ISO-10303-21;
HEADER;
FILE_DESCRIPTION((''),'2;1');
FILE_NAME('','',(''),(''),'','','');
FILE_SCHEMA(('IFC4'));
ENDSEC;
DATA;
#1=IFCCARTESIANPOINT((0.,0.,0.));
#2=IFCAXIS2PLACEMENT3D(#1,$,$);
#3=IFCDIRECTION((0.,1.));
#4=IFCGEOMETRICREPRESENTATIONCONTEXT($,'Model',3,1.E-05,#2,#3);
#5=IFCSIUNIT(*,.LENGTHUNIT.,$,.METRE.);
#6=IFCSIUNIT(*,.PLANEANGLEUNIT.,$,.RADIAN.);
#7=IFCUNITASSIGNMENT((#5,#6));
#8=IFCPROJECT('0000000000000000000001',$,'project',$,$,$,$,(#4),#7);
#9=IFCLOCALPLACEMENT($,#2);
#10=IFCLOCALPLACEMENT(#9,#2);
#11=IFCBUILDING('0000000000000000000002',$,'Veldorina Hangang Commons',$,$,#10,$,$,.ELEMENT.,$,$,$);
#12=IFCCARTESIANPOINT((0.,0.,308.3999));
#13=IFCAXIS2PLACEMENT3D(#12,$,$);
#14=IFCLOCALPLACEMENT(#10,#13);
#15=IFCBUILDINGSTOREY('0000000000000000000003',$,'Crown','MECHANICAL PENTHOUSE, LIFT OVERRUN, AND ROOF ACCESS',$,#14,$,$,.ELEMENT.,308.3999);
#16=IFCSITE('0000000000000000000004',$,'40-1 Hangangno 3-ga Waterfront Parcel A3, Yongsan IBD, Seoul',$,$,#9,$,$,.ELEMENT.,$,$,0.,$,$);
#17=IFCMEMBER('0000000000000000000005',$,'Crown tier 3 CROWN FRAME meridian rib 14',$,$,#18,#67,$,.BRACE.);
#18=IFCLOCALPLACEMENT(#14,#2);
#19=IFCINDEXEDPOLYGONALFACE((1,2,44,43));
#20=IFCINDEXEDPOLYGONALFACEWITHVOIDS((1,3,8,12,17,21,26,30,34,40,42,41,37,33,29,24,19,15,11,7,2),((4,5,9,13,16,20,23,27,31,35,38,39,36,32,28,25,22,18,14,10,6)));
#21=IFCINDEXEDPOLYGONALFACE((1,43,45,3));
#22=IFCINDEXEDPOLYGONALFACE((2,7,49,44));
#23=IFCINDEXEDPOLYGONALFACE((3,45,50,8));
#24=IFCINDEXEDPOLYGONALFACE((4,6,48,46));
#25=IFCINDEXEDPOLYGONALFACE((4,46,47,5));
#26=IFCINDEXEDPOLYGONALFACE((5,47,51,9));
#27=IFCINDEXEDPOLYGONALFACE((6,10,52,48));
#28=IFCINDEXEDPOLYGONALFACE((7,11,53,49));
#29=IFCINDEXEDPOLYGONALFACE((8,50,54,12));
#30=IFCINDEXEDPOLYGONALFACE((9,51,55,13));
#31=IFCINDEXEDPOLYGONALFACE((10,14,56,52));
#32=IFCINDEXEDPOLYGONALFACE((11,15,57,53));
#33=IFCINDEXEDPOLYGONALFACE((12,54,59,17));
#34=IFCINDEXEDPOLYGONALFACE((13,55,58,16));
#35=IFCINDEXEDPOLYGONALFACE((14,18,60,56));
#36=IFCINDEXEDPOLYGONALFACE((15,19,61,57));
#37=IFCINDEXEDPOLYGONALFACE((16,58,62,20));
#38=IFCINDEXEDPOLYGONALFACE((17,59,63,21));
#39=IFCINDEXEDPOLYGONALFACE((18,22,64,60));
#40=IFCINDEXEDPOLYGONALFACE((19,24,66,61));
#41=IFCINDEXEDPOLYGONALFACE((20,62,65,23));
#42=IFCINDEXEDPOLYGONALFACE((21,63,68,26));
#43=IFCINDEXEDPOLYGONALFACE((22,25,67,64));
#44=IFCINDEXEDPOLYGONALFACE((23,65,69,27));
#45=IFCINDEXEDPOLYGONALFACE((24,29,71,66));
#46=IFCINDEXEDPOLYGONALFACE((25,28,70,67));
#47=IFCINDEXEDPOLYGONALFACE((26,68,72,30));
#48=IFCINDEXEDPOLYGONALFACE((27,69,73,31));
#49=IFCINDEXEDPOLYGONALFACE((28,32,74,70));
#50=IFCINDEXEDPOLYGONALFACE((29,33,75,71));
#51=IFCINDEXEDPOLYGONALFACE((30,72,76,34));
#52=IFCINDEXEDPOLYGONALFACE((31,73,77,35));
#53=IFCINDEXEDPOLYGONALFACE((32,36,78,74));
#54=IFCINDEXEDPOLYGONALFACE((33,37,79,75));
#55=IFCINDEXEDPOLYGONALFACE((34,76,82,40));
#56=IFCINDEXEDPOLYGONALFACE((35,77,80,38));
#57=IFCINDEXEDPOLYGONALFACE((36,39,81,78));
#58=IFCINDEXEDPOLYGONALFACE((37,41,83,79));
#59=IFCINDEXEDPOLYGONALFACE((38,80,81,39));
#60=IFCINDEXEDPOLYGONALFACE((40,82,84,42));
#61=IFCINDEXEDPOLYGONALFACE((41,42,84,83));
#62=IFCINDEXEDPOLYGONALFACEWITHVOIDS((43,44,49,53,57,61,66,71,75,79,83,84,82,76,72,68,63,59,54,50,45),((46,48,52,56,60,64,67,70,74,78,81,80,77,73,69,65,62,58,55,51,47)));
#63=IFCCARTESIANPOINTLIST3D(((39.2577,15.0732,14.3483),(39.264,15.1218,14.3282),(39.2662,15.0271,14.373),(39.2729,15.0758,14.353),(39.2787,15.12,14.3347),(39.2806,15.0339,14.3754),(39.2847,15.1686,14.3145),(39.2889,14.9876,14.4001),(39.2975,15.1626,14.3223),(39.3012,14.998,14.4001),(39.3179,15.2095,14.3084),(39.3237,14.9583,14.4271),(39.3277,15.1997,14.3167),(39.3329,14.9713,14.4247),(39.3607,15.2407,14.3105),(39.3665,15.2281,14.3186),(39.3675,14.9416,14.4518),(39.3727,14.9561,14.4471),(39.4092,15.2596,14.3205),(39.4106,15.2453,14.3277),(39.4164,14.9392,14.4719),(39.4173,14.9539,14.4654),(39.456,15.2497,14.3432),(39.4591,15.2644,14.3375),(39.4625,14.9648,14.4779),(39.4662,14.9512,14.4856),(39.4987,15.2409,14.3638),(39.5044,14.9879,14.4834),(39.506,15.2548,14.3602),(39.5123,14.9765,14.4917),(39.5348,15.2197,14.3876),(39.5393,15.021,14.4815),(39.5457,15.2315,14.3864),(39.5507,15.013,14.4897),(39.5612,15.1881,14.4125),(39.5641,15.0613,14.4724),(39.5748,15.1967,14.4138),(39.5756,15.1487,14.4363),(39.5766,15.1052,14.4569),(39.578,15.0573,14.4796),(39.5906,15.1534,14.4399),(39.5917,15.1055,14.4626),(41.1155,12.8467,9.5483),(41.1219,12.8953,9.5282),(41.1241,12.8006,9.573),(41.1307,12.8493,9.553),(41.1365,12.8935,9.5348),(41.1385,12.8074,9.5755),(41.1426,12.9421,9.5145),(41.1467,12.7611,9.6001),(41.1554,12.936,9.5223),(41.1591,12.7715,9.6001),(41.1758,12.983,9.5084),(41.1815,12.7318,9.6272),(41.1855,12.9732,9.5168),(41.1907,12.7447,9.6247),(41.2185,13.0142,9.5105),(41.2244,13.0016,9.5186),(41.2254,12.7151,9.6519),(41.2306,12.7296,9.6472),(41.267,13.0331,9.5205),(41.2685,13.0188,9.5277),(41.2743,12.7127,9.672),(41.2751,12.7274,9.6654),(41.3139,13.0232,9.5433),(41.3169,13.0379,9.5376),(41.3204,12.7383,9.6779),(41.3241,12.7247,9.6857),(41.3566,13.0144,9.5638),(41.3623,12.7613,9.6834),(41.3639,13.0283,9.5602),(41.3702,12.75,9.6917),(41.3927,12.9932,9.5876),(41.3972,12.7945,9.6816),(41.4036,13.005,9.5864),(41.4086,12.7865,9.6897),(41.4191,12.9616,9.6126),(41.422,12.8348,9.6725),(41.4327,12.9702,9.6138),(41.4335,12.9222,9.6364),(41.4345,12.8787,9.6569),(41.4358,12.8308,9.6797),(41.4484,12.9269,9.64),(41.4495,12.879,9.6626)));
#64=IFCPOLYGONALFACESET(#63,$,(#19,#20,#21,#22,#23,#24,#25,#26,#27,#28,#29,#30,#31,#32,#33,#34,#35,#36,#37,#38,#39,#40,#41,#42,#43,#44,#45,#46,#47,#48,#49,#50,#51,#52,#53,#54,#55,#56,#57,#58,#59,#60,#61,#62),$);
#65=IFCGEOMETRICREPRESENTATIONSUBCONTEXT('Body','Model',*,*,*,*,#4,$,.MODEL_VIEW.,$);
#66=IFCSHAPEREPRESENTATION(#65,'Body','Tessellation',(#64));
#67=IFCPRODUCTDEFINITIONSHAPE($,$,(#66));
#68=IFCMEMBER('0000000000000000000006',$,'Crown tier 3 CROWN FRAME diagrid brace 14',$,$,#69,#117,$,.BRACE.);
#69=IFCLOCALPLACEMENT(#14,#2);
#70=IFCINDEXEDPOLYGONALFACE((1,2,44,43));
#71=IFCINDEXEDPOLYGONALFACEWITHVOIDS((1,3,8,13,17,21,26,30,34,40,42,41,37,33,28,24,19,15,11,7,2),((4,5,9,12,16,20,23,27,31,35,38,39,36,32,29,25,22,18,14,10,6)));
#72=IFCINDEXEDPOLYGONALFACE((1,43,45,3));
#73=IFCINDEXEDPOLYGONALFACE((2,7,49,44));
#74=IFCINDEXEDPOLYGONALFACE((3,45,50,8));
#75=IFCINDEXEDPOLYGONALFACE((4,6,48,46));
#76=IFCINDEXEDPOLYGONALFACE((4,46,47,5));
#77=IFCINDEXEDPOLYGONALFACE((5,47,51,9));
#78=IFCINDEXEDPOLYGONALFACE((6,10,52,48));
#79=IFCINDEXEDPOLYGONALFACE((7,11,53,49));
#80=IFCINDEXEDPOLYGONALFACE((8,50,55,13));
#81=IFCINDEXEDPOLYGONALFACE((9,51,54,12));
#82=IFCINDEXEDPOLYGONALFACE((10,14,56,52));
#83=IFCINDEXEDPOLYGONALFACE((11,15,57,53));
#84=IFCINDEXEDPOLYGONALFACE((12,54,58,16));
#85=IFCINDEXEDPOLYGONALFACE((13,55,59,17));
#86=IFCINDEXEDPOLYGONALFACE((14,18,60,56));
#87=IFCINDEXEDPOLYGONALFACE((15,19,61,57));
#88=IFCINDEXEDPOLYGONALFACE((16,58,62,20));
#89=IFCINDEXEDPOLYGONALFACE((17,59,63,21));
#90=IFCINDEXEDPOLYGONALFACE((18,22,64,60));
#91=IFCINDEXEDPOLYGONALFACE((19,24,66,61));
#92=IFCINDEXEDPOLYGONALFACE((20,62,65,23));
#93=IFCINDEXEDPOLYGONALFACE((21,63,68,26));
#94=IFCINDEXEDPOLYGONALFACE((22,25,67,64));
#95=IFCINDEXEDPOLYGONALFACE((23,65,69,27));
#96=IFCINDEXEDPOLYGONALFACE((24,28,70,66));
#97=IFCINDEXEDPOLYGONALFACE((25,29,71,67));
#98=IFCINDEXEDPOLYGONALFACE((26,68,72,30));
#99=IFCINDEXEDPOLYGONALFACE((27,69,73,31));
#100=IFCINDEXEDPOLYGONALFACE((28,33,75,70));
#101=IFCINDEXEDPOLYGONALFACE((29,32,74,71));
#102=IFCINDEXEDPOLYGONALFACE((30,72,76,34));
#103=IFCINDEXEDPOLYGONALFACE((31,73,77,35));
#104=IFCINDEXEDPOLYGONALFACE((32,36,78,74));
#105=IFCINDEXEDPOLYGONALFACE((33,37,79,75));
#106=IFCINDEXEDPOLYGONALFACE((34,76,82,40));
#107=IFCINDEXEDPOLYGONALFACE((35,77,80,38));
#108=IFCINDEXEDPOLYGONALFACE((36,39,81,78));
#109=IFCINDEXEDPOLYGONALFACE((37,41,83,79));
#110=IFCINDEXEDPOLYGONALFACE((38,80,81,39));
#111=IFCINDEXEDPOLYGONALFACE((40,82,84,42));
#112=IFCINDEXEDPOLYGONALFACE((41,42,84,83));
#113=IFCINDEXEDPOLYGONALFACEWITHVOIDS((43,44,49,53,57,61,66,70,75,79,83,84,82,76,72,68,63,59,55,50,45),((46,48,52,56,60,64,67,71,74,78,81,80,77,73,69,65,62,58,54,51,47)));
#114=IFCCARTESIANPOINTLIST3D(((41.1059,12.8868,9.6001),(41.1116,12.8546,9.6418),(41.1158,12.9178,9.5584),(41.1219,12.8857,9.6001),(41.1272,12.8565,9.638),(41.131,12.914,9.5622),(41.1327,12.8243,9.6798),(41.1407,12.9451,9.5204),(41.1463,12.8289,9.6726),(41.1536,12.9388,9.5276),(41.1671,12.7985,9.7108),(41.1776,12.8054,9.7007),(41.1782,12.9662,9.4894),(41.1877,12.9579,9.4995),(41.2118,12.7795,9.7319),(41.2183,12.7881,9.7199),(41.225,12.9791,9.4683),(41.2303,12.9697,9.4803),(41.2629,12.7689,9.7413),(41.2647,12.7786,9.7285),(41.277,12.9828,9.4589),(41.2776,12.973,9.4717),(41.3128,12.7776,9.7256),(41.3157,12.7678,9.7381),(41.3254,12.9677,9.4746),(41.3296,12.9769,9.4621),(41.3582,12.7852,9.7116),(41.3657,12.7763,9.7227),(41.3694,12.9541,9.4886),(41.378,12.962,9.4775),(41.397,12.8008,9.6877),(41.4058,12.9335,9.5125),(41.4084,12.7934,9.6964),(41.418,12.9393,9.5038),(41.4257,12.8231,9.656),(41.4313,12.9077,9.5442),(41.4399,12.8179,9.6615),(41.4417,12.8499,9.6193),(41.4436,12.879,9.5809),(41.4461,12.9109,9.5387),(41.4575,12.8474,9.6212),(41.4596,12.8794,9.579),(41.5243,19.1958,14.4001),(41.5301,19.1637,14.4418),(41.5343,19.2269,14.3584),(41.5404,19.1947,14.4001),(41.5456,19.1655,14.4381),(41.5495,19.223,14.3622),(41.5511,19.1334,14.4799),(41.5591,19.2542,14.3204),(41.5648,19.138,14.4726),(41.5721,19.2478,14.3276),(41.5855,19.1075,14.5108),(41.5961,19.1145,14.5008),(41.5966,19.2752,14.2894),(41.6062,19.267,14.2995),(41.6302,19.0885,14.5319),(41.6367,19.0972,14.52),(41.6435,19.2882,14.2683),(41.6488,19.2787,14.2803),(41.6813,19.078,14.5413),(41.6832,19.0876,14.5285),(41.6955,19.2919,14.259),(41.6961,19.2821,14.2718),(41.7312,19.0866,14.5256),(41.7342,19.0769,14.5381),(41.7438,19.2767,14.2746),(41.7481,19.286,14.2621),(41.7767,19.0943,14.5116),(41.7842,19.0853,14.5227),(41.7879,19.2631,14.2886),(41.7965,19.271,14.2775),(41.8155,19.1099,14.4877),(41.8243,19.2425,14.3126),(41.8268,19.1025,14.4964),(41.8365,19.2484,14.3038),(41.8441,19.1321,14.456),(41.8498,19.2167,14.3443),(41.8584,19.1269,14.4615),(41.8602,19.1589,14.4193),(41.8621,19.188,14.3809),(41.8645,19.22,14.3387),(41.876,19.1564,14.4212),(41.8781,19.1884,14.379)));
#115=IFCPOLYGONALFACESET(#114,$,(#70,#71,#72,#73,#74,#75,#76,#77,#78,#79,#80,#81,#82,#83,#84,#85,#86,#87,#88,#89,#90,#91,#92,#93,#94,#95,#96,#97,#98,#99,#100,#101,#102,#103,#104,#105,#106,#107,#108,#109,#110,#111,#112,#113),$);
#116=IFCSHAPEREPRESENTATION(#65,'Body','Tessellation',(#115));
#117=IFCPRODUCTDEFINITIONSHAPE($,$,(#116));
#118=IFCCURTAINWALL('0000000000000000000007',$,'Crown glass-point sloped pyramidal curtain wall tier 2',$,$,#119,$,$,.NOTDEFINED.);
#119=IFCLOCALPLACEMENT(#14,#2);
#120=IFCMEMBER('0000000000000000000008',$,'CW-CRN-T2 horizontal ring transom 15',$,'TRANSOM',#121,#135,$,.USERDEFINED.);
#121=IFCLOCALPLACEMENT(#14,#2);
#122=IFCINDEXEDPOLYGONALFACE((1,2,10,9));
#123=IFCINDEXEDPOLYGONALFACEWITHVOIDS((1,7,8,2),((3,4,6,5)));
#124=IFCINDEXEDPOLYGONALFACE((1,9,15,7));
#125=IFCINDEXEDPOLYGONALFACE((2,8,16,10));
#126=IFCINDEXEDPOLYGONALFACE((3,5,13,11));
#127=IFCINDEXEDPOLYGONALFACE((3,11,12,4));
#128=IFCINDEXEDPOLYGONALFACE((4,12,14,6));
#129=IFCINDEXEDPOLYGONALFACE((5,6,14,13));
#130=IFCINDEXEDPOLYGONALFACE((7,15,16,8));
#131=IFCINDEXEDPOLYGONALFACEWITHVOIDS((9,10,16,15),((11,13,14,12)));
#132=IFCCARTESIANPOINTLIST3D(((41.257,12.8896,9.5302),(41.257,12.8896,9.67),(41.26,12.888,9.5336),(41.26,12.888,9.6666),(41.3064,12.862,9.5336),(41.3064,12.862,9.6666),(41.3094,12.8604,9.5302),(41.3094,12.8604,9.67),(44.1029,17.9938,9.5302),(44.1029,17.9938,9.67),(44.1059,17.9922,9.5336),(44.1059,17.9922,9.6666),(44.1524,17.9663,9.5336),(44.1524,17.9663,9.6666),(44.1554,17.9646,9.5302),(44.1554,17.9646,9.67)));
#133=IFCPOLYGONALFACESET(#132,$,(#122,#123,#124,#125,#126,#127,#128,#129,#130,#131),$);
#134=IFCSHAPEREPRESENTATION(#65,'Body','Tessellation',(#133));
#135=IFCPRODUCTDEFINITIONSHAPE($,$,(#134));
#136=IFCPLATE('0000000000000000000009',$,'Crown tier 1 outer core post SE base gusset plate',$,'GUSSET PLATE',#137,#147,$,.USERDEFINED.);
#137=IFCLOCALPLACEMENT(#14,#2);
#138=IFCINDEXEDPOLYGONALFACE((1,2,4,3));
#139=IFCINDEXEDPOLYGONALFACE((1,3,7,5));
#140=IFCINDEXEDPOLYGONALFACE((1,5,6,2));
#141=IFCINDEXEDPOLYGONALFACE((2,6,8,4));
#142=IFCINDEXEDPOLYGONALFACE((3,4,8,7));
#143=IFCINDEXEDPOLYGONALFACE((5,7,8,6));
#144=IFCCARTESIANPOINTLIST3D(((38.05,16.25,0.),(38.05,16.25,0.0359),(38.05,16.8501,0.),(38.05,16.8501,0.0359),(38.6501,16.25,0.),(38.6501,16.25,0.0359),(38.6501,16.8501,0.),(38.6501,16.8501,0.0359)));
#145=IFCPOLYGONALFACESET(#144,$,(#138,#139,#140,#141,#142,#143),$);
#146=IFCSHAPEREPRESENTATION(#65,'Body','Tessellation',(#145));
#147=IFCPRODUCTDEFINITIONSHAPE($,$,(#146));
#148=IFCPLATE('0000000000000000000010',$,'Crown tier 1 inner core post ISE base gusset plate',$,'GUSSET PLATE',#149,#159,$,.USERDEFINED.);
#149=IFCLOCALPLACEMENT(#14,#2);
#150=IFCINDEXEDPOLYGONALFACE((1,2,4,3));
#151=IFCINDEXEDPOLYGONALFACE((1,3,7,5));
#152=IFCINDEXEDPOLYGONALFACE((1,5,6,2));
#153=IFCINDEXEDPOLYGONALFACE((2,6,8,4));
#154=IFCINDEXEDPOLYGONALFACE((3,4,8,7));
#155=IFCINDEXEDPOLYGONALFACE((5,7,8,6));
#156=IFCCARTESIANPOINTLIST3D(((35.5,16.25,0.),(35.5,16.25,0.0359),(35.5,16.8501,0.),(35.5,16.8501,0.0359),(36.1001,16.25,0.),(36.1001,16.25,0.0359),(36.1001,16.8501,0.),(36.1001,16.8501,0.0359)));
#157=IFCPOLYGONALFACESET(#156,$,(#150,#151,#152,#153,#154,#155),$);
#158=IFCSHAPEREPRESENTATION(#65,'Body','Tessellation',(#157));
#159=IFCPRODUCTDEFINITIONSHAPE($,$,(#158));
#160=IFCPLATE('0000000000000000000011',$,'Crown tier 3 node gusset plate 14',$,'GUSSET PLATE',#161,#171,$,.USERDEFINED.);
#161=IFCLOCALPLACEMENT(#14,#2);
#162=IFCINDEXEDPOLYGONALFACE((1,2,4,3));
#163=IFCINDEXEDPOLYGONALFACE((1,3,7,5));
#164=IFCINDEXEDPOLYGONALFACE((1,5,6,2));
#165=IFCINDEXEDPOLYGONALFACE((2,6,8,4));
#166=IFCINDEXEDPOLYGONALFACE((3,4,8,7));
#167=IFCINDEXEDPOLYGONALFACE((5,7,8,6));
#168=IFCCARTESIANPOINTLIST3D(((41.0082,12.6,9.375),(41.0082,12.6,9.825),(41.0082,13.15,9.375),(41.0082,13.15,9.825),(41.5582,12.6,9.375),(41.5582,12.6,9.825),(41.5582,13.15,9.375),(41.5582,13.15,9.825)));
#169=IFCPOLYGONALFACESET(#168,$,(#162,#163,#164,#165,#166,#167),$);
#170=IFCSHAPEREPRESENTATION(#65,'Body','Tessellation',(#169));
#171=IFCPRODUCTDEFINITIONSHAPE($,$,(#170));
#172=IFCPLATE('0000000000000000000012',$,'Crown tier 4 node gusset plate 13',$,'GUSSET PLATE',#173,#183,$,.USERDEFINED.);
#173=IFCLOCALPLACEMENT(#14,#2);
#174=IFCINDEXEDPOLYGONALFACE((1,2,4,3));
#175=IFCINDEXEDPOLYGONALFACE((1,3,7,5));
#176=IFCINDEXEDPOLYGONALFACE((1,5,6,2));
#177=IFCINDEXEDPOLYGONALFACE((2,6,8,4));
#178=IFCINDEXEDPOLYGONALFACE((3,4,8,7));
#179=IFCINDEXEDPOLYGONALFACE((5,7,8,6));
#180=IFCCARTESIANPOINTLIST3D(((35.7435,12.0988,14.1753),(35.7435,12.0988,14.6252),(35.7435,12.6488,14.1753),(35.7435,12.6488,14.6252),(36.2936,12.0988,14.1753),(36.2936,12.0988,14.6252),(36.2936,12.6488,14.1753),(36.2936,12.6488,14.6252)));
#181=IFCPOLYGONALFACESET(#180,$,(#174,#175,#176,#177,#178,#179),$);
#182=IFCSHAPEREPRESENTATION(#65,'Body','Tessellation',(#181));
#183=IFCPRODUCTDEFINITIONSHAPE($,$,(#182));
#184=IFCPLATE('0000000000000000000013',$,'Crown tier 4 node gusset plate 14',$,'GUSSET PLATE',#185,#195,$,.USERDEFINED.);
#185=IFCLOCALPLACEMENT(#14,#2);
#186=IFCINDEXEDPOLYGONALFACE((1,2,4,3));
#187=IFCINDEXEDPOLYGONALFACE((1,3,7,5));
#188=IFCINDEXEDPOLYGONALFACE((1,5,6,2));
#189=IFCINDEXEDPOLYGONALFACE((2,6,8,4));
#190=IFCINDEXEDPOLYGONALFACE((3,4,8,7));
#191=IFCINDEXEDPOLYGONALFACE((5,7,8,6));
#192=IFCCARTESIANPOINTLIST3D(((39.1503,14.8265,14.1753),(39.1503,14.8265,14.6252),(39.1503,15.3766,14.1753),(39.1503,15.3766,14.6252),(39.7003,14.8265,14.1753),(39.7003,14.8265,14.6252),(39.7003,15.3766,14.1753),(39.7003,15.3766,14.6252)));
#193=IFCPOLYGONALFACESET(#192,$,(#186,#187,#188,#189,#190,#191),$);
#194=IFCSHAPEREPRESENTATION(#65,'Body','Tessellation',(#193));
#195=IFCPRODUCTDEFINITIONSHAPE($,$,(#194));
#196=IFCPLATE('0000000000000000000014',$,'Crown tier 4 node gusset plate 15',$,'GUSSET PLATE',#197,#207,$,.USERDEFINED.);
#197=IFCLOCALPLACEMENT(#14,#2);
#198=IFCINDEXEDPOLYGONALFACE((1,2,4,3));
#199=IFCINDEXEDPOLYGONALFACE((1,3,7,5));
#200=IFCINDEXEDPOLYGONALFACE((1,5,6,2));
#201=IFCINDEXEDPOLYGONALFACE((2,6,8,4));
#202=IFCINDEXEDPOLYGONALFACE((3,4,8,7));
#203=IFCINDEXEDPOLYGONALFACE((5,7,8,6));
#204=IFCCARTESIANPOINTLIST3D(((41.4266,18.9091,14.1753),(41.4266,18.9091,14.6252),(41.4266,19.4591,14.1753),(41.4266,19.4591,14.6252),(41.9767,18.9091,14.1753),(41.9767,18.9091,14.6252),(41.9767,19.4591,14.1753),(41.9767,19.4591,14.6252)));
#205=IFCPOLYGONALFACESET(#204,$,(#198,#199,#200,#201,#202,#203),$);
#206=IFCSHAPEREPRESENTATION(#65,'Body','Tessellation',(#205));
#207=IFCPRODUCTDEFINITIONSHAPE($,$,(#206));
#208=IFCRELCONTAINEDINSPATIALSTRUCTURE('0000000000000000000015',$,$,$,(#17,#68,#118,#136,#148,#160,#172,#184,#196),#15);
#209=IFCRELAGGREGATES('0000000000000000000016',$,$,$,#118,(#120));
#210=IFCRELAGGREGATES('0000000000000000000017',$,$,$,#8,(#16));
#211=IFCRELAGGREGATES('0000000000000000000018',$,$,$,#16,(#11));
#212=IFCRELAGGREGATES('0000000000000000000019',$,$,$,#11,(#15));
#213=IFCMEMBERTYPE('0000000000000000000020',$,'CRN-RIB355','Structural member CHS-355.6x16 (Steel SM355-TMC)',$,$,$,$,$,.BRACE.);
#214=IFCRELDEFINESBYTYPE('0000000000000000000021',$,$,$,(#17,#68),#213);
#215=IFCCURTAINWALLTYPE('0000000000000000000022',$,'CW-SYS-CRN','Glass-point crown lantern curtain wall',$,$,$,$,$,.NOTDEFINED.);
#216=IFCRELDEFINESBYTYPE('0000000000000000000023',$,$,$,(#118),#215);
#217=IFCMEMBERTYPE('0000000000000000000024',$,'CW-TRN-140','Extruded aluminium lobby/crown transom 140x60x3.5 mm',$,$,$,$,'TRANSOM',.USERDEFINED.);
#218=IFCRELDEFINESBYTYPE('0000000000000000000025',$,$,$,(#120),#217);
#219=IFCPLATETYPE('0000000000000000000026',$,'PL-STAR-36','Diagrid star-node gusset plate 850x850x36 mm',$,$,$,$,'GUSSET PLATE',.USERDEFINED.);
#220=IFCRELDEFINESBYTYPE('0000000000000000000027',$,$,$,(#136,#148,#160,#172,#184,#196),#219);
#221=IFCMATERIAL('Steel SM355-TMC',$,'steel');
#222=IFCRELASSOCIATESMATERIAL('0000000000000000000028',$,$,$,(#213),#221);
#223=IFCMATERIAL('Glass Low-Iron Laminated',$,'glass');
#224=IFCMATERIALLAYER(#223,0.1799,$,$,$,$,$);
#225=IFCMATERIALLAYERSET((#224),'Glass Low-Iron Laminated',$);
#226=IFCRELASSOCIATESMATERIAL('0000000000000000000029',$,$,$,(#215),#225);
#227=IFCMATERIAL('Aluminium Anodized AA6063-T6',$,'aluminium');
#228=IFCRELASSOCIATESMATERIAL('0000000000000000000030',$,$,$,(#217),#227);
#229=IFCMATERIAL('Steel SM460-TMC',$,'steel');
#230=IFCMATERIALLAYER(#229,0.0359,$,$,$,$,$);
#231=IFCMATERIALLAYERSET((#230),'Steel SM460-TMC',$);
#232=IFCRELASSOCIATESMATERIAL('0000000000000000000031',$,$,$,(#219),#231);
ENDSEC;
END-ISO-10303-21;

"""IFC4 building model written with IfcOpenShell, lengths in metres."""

from ifc_helpers import new_model, si_unit, direction, frame, origin, origin_2d, place, context, subcontext, project, spatial, rectangle, hollow_rectangle, hollow_circle, extrude, material, layer, layer_set, material_profile, profile_set, type_object, element, aggregate, save


model = new_model("IFC4")

# Units and contexts
model_context = context("Model", 3, precision=1e-05, world=origin(), true_north=direction((0.0, 1.0)))
body_context = subcontext(model_context, "Body", "Model", "MODEL_VIEW")
ifc_project = project(units=[si_unit("LENGTHUNIT", "METRE"), si_unit("PLANEANGLEUNIT", "RADIAN")], contexts=[model_context])

# Site, building, storey
site_placement = place(None, origin())
site = spatial("IfcSite", under=ifc_project, at=site_placement, Name="40-1 Hangangno 3-ga Waterfront Parcel A3, Yongsan IBD, Seoul", CompositionType="ELEMENT", RefElevation=0.0)
building_placement = place(site_placement, origin())
building = spatial("IfcBuilding", under=site, at=building_placement, Name="Veldorina Hangang Commons", CompositionType="ELEMENT")
storey_placement = place(building_placement, frame((0.0, 0.0, 308.3999)))
storey = spatial("IfcBuildingStorey", under=building, at=storey_placement, Name="Crown", Description="MECHANICAL PENTHOUSE, LIFT OVERRUN, AND ROOF ACCESS", CompositionType="ELEMENT", Elevation=308.3999)

# Shared definitions
ifc_material_1 = material(Name="Steel SM460-TMC", Category="steel")

# Members
ifc_material_2 = material(Name="Steel SM355-TMC", Category="steel")
ifc_material_profile_1 = material_profile(ifc_material_2, hollow_circle(Radius=0.1777, WallThickness=0.0161, at=origin_2d()), Name="CHS-355.6x16")
ifc_profile_set_1 = profile_set([ifc_material_profile_1], Name="Steel SM355-TMC")
member_type_1 = type_object("IfcMemberType", Name="CRN-RIB355", Description="Structural member CHS-355.6x16 (Steel SM355-TMC)", PredefinedType="BRACE", material=ifc_profile_set_1)
member_1_placement = place(storey_placement, frame((41.2832, 12.875, 9.6001), z_axis=(-0.331295, 0.397032, 0.855926), x_axis=(-0.767807, -0.640681, 0.0)))
element("IfcMember", 1, at=member_1_placement, inside=storey, type_object=member_type_1, Name="Crown tier 3 CROWN FRAME meridian rib 14", PredefinedType="BRACE", context=body_context, shape_type="SweptSolid", body=[
    extrude(hollow_circle(Radius=0.1777, WallThickness=0.0161, at=origin_2d()), origin(), (0.0, 0.0, 1.0), 5.6079),
])
member_2_placement = place(storey_placement, frame((41.2832, 12.875, 9.6001), z_axis=(0.052712, 0.794743, 0.604653), x_axis=(-0.997808, 0.066181, 0.0)))
element("IfcMember", 2, at=member_2_placement, inside=storey, type_object=member_type_1, Name="Crown tier 3 CROWN FRAME diagrid brace 14", PredefinedType="BRACE", context=body_context, shape_type="SweptSolid", body=[
    extrude(hollow_circle(Radius=0.1777, WallThickness=0.0161, at=origin_2d()), origin(), (0.0, 0.0, 1.0), 7.9385),
])

# Curtain wall, member
ifc_material_3 = material(Name="Glass Low-Iron Laminated", Category="glass")
ifc_layer_1 = layer(ifc_material_3, 0.1799)
ifc_layer_set_1 = layer_set([ifc_layer_1], Name="Glass Low-Iron Laminated")
curtain_wall_type = type_object("IfcCurtainWallType", Name="CW-SYS-CRN", Description="Glass-point crown lantern curtain wall", PredefinedType="NOTDEFINED", material=ifc_layer_set_1)
curtain_wall_placement = place(storey_placement, origin())
curtain_wall = element("IfcCurtainWall", 3, at=curtain_wall_placement, inside=storey, type_object=curtain_wall_type, Name="Crown glass-point sloped pyramidal curtain wall tier 2", PredefinedType="NOTDEFINED")
ifc_material_4 = material(Name="Aluminium Anodized AA6063-T6", Category="aluminium")
ifc_material_profile_2 = material_profile(ifc_material_4, hollow_rectangle(XDim=0.0601, YDim=0.1399, WallThickness=0.0034, at=origin_2d()), Name="ALU-RHS-140x60x3.5")
ifc_profile_set_2 = profile_set([ifc_material_profile_2], Name="Aluminium Anodized AA6063-T6")
member_type_2 = type_object("IfcMemberType", Name="CW-TRN-140", Description="Extruded aluminium lobby/crown transom 140x60x3.5 mm", ElementType="TRANSOM", PredefinedType="USERDEFINED", material=ifc_profile_set_2)
member_3_placement = place(storey_placement, frame((41.2832, 12.875, 9.6001), z_axis=(0.486983, 0.873411, 0.0), x_axis=(-0.873411, 0.486983, 0.0)))
member_3 = element("IfcMember", 4, at=member_3_placement, type_object=member_type_2, Name="CW-CRN-T2 horizontal ring transom 15", ObjectType="TRANSOM", PredefinedType="USERDEFINED", context=body_context, shape_type="SweptSolid", body=[
    extrude(hollow_rectangle(XDim=0.0601, YDim=0.1399, WallThickness=0.0034, at=origin_2d()), origin(), (0.0, 0.0, 1.0), 5.844),
])
aggregate(curtain_wall, [member_3])

# Plates
ifc_layer_2 = layer(ifc_material_1, 0.0359)
ifc_layer_set_2 = layer_set([ifc_layer_2], Name="Steel SM460-TMC")
plate_type = type_object("IfcPlateType", Name="PL-STAR-36", Description="Diagrid star-node gusset plate 850x850x36 mm", ElementType="GUSSET PLATE", PredefinedType="USERDEFINED", material=ifc_layer_set_2)
for number, where, z_axis, x_axis, name in (
    (5, (38.3501, 16.55, 0.0), (0.0, 0.0, 1.0), (1.0, 0.0, 0.0), "Crown tier 1 outer core post SE base gusset plate"),
    (6, (35.8, 16.55, 0.0), (0.0, 0.0, 1.0), (1.0, 0.0, 0.0), "Crown tier 1 inner core post ISE base gusset plate"),
):
    element("IfcPlate", number, at=place(storey_placement, frame(where, z_axis=z_axis, x_axis=x_axis)), inside=storey, type_object=plate_type, Name=name, ObjectType="GUSSET PLATE", PredefinedType="USERDEFINED", context=body_context, shape_type="SweptSolid", body=[
        extrude(rectangle(XDim=0.6001, YDim=0.6001, at=origin_2d()), origin(), (0.0, 0.0, 1.0), 0.0359),
    ])
for number, where, z_axis, x_axis, name in (
    (7, (41.2832, 12.875, 9.375), (0.0, 0.0, 1.0), (1.0, 0.0, 0.0), "Crown tier 3 node gusset plate 14"),
    (8, (36.0186, 12.3738, 14.1753), (0.0, 0.0, 1.0), (1.0, 0.0, 0.0), "Crown tier 4 node gusset plate 13"),
    (9, (39.4253, 15.1016, 14.1753), (0.0, 0.0, 1.0), (1.0, 0.0, 0.0), "Crown tier 4 node gusset plate 14"),
    (10, (41.7017, 19.1841, 14.1753), (0.0, 0.0, 1.0), (1.0, 0.0, 0.0), "Crown tier 4 node gusset plate 15"),
):
    element("IfcPlate", number, at=place(storey_placement, frame(where, z_axis=z_axis, x_axis=x_axis)), inside=storey, type_object=plate_type, Name=name, ObjectType="GUSSET PLATE", PredefinedType="USERDEFINED", context=body_context, shape_type="SweptSolid", body=[
        extrude(rectangle(XDim=0.55, YDim=0.55, at=origin_2d()), origin(), (0.0, 0.0, 1.0), 0.45),
    ])

save(model, "model.ifc")
